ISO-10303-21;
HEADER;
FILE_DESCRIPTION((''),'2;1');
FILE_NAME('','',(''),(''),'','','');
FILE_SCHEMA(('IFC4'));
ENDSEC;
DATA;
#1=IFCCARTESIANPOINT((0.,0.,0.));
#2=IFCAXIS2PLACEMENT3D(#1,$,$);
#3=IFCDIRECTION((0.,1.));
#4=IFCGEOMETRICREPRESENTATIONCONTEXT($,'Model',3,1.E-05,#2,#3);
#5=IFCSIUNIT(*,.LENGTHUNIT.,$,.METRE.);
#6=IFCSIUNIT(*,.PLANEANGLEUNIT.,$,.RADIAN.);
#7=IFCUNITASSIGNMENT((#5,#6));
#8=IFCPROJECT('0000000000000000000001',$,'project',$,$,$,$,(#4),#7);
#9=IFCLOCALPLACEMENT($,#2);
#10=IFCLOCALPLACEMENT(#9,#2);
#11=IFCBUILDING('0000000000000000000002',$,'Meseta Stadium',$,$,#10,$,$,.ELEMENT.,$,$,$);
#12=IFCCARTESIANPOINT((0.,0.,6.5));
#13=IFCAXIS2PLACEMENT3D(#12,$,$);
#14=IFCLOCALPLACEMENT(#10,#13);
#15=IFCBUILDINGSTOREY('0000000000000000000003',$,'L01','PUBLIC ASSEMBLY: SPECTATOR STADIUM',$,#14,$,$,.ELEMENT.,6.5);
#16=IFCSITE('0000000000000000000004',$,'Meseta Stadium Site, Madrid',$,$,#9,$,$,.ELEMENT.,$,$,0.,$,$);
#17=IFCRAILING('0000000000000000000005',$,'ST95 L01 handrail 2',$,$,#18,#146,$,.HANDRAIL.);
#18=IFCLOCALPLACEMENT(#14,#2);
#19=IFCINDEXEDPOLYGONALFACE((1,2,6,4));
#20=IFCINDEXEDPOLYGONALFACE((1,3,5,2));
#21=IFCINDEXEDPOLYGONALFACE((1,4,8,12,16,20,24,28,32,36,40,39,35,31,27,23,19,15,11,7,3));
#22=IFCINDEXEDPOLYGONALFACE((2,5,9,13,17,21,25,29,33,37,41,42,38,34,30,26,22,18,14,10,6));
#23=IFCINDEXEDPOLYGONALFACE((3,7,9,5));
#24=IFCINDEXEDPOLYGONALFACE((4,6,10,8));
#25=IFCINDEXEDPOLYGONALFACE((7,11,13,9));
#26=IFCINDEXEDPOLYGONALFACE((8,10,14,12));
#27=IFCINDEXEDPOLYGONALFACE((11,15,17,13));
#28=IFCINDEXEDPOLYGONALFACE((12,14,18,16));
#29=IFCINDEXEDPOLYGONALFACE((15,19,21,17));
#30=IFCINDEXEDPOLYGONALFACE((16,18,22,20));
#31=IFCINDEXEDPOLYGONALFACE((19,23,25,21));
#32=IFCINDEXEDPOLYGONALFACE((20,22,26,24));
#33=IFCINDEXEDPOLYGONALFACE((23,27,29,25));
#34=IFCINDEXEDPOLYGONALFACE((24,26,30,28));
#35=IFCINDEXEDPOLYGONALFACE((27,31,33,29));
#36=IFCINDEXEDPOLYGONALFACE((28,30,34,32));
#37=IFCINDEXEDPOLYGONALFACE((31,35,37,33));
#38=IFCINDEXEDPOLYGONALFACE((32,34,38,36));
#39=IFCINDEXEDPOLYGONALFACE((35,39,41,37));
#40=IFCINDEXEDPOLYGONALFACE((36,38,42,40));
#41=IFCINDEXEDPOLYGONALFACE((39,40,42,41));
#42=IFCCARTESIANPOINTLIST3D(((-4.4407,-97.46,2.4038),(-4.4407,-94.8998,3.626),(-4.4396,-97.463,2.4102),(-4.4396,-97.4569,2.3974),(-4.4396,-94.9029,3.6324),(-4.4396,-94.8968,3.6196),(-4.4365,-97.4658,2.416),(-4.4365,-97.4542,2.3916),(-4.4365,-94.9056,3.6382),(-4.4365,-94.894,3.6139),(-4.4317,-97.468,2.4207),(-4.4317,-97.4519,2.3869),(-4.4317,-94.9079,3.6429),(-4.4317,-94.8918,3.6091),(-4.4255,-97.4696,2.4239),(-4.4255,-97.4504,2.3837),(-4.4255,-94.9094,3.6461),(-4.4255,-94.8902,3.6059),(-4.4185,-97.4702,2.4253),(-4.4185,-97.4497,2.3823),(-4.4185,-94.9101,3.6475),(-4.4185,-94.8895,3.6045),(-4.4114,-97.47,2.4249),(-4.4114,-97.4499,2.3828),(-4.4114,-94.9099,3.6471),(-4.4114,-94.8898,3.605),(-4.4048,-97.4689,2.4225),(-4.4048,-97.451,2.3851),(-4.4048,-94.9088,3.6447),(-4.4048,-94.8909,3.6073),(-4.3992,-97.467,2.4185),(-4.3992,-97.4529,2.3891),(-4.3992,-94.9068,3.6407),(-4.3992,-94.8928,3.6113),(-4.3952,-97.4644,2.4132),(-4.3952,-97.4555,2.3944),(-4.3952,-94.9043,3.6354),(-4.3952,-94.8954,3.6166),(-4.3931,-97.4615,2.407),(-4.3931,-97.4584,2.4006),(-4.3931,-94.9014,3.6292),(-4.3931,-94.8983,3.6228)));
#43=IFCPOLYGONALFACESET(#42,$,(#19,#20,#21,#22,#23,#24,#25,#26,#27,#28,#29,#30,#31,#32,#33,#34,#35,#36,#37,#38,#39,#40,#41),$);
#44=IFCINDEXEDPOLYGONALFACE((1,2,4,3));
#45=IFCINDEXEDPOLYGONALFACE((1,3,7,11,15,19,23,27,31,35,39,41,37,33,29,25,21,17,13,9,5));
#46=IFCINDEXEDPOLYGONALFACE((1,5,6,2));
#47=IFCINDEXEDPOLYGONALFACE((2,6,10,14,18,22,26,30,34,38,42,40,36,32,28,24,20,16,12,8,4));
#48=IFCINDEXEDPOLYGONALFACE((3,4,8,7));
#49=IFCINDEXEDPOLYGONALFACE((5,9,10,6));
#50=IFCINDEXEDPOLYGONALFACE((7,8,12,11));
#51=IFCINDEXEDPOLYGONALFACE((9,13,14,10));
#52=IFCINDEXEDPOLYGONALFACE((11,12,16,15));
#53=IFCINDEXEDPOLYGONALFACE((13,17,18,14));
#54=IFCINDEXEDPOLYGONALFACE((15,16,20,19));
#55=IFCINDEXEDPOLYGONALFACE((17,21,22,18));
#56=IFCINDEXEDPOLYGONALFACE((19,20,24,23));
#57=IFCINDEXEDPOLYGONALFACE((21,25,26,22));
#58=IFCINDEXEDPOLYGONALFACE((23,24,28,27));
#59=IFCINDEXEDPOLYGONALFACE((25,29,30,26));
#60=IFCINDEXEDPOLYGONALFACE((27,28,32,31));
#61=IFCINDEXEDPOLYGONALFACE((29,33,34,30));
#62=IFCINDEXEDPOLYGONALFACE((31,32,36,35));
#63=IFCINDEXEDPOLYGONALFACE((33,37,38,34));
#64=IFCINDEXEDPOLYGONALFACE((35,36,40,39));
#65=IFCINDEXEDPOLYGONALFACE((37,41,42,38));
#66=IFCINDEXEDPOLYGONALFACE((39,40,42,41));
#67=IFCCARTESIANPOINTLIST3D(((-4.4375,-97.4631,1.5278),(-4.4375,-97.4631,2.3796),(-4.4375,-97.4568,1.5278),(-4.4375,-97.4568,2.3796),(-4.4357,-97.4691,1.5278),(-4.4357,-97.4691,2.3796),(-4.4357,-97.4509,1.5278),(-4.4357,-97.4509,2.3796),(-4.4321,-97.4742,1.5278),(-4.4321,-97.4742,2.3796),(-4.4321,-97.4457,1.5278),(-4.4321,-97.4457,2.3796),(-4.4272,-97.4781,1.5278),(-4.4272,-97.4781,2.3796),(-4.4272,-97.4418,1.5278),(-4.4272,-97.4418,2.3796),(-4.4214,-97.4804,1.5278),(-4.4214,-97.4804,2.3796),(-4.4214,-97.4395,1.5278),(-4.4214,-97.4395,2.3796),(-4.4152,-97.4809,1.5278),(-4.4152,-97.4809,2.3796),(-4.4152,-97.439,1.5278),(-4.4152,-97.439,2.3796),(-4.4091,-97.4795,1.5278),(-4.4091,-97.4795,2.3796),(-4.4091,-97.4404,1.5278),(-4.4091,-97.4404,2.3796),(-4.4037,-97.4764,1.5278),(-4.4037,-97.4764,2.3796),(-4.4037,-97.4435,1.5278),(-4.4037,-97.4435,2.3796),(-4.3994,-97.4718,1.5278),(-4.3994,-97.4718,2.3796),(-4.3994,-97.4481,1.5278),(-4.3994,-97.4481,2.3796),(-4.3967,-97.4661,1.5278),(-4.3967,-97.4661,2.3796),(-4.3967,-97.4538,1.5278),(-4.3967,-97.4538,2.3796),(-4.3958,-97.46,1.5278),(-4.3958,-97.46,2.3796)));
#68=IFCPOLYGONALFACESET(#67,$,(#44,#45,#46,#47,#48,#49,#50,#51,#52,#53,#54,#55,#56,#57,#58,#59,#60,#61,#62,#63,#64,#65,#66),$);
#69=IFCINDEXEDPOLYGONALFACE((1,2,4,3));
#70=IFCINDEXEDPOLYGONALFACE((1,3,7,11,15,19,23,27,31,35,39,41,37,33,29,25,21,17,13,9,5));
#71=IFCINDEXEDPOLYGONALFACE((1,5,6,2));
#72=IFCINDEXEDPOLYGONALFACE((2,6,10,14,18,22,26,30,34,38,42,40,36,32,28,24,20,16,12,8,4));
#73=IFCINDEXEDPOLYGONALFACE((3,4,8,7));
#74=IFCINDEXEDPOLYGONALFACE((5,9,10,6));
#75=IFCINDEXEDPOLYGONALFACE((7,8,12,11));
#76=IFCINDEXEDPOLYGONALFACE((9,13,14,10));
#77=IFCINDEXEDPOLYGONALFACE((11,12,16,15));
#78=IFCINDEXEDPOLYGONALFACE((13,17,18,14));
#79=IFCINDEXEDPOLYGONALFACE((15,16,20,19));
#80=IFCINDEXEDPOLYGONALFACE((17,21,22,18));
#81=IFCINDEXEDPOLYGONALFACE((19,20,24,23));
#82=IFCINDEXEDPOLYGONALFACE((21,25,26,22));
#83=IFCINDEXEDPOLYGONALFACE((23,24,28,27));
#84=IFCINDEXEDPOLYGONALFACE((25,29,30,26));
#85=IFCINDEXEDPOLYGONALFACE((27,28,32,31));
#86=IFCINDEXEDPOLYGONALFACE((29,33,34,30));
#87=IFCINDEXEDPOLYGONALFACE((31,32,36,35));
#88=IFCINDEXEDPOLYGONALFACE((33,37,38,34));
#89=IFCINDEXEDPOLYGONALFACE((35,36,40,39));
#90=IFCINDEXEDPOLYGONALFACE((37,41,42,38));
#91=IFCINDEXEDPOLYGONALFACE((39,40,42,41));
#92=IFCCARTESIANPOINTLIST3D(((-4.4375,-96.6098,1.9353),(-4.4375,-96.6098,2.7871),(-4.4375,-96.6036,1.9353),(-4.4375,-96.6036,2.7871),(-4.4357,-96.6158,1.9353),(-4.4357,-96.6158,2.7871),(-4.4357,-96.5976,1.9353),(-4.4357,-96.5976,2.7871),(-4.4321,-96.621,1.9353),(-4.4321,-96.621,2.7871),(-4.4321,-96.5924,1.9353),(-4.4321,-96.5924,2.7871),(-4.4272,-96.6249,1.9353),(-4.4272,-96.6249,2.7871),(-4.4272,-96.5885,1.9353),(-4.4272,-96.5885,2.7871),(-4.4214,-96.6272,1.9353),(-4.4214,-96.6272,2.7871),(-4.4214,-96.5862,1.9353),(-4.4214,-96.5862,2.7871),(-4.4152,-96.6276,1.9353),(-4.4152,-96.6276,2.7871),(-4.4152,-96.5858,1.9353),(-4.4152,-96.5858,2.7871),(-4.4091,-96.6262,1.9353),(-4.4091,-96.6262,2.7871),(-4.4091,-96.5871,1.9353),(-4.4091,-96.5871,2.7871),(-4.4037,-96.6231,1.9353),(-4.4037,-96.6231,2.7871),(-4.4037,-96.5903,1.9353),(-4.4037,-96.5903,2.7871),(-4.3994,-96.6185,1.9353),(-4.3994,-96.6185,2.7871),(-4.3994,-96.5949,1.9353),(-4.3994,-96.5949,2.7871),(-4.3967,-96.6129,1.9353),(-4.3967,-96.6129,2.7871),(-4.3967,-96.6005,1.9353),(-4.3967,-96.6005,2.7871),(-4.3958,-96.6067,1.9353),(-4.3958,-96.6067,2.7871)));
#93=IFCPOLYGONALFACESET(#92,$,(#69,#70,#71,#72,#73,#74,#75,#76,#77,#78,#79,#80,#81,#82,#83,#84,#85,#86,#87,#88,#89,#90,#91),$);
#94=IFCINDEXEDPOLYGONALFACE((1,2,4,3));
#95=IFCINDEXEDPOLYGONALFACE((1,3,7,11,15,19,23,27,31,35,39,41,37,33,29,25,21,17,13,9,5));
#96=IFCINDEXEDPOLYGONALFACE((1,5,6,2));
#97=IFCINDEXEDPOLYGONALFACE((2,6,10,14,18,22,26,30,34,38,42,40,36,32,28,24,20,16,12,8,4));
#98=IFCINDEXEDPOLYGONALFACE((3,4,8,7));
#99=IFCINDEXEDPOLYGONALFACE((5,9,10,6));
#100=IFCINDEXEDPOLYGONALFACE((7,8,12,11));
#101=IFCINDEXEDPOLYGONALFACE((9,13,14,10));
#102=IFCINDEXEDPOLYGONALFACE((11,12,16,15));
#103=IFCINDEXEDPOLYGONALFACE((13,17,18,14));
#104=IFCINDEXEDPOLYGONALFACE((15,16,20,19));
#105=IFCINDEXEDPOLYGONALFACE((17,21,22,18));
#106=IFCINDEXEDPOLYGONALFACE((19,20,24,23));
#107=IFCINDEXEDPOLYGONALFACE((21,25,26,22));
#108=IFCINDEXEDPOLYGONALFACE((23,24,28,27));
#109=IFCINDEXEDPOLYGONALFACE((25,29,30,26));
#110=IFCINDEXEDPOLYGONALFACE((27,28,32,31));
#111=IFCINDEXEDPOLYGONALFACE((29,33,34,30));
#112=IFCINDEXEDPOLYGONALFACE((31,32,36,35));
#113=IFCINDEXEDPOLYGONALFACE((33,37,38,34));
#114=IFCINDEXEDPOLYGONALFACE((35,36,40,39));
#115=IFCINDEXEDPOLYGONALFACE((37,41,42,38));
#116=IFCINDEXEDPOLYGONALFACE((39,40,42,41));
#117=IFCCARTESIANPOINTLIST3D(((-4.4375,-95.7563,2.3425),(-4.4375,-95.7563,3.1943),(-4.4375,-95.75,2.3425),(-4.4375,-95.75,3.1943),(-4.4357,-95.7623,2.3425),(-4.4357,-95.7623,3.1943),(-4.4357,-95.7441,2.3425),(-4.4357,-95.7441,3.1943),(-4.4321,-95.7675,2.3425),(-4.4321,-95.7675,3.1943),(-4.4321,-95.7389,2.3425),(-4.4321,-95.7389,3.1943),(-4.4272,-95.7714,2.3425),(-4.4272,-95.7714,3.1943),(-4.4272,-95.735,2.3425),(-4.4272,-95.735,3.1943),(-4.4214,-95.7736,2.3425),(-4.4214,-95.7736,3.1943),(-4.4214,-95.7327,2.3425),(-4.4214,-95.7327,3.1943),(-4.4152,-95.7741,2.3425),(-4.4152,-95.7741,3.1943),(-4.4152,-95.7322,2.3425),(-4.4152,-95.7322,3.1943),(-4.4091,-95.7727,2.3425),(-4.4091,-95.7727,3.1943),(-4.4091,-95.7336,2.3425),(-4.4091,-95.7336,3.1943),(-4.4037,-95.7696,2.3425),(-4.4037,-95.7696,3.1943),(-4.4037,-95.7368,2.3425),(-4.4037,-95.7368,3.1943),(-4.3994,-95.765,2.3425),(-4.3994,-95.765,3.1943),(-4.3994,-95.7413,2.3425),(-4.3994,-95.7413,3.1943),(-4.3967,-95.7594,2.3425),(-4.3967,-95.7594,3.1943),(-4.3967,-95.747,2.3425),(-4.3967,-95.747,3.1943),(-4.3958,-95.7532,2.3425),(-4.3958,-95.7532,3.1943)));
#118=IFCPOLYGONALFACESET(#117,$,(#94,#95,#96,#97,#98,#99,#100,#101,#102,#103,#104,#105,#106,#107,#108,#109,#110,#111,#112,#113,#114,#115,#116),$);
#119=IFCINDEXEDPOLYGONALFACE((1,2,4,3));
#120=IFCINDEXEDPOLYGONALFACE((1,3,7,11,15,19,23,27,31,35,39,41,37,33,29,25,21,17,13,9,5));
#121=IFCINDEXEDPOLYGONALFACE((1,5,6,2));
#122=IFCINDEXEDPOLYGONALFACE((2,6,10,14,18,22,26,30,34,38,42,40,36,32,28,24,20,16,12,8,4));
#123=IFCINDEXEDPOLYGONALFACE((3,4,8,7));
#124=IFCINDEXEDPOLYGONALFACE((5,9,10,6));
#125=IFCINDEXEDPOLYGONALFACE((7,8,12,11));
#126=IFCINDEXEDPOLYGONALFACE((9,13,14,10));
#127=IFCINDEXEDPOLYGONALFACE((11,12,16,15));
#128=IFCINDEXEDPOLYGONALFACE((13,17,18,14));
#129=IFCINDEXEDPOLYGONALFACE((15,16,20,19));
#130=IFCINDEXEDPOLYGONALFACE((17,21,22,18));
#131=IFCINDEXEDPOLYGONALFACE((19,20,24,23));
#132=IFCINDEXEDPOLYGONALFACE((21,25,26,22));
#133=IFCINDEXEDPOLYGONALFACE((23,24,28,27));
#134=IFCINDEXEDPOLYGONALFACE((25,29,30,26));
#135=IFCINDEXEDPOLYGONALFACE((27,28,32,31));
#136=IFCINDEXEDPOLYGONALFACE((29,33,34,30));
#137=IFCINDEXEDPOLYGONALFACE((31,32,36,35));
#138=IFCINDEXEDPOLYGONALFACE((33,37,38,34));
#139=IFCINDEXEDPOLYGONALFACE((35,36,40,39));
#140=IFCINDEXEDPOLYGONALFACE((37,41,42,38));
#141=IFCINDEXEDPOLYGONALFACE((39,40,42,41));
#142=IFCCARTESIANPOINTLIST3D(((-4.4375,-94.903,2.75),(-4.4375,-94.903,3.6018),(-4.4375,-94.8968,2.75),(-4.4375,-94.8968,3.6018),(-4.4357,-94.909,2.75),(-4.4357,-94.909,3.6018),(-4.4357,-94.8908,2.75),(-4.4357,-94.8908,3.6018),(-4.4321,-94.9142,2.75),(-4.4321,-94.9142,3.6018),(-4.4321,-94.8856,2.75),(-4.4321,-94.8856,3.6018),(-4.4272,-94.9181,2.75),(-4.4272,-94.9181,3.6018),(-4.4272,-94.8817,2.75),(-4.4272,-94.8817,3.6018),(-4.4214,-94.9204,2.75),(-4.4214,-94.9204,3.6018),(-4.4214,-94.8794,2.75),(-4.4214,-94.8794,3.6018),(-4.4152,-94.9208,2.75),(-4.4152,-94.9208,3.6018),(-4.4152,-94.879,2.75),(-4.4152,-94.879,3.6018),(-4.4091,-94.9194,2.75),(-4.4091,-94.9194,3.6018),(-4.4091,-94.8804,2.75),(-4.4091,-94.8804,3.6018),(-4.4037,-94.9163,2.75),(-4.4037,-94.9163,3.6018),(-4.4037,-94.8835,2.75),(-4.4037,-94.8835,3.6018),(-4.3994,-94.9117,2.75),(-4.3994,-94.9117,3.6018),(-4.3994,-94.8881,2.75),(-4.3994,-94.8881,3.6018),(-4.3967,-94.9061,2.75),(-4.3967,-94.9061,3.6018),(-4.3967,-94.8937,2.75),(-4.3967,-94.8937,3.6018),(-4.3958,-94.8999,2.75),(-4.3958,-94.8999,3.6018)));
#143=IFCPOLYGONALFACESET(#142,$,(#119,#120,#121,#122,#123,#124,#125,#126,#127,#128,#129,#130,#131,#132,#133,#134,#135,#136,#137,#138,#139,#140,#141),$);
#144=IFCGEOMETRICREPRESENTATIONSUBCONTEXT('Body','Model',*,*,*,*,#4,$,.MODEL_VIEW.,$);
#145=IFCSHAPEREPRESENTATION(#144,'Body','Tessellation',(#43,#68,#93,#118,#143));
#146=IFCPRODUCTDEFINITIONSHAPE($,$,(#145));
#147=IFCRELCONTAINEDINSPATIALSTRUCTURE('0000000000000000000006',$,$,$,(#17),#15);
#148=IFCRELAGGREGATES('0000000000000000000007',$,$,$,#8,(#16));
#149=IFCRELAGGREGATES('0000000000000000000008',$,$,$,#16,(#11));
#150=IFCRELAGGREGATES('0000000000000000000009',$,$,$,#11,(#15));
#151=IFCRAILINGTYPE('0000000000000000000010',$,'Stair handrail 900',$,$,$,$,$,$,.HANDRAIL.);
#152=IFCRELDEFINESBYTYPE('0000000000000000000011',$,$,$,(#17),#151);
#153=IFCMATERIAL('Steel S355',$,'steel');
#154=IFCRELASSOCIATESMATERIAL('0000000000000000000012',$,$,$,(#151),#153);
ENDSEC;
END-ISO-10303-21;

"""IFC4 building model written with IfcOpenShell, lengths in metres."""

from ifc_helpers import new_model, si_unit, direction, frame, origin, origin_2d, place, context, subcontext, project, spatial, circle, extrude, material, type_object, element, save


model = new_model("IFC4")

# Units and contexts
model_context = context("Model", 3, precision=1e-05, world=origin(), true_north=direction((0.0, 1.0)))
body_context = subcontext(model_context, "Body", "Model", "MODEL_VIEW")
ifc_project = project(units=[si_unit("LENGTHUNIT", "METRE"), si_unit("PLANEANGLEUNIT", "RADIAN")], contexts=[model_context])

# Site, building, storey
site_placement = place(None, origin())
site = spatial("IfcSite", under=ifc_project, at=site_placement, Name="Meseta Stadium Site, Madrid", CompositionType="ELEMENT", RefElevation=0.0)
building_placement = place(site_placement, origin())
building = spatial("IfcBuilding", under=site, at=building_placement, Name="Meseta Stadium", CompositionType="ELEMENT")
storey_placement = place(building_placement, frame((0.0, 0.0, 6.5)))
storey = spatial("IfcBuildingStorey", under=building, at=storey_placement, Name="L01", Description="PUBLIC ASSEMBLY: SPECTATOR STADIUM", CompositionType="ELEMENT", Elevation=6.5)

# Railing
ifc_material_1 = material(Name="Steel S355", Category="steel")
railing_type_1 = type_object("IfcRailingType", Name="Stair handrail 900", PredefinedType="HANDRAIL", material=ifc_material_1)
railing_1_placement = place(storey_placement, frame((-4.4167, -97.46, 1.5278)))
element("IfcRailing", 1, at=railing_1_placement, inside=storey, type_object=railing_type_1, Name="ST95 L01 handrail 2", PredefinedType="HANDRAIL", context=body_context, shape_type="SweptSolid", body=[
    extrude(circle(Radius=0.0239, at=origin_2d()), frame((0.0, 0.0, 0.876), z_axis=(0.0, 0.902437, 0.430822), x_axis=(-1.0, 0.0, 0.0)), (0.0, 0.0, 1.0), 2.8369),
    extrude(circle(Radius=0.021, at=origin_2d()), origin(), (0.0, 0.0, 1.0), 0.8518),
    extrude(circle(Radius=0.021, at=origin_2d()), frame((0.0, 0.8533, 0.4075)), (0.0, 0.0, 1.0), 0.8518),
    extrude(circle(Radius=0.021, at=origin_2d()), frame((0.0, 1.7068, 0.8147)), (0.0, 0.0, 1.0), 0.8518),
    extrude(circle(Radius=0.021, at=origin_2d()), frame((0.0, 2.5601, 1.2222)), (0.0, 0.0, 1.0), 0.8518),
])

save(model, "model.ifc")
